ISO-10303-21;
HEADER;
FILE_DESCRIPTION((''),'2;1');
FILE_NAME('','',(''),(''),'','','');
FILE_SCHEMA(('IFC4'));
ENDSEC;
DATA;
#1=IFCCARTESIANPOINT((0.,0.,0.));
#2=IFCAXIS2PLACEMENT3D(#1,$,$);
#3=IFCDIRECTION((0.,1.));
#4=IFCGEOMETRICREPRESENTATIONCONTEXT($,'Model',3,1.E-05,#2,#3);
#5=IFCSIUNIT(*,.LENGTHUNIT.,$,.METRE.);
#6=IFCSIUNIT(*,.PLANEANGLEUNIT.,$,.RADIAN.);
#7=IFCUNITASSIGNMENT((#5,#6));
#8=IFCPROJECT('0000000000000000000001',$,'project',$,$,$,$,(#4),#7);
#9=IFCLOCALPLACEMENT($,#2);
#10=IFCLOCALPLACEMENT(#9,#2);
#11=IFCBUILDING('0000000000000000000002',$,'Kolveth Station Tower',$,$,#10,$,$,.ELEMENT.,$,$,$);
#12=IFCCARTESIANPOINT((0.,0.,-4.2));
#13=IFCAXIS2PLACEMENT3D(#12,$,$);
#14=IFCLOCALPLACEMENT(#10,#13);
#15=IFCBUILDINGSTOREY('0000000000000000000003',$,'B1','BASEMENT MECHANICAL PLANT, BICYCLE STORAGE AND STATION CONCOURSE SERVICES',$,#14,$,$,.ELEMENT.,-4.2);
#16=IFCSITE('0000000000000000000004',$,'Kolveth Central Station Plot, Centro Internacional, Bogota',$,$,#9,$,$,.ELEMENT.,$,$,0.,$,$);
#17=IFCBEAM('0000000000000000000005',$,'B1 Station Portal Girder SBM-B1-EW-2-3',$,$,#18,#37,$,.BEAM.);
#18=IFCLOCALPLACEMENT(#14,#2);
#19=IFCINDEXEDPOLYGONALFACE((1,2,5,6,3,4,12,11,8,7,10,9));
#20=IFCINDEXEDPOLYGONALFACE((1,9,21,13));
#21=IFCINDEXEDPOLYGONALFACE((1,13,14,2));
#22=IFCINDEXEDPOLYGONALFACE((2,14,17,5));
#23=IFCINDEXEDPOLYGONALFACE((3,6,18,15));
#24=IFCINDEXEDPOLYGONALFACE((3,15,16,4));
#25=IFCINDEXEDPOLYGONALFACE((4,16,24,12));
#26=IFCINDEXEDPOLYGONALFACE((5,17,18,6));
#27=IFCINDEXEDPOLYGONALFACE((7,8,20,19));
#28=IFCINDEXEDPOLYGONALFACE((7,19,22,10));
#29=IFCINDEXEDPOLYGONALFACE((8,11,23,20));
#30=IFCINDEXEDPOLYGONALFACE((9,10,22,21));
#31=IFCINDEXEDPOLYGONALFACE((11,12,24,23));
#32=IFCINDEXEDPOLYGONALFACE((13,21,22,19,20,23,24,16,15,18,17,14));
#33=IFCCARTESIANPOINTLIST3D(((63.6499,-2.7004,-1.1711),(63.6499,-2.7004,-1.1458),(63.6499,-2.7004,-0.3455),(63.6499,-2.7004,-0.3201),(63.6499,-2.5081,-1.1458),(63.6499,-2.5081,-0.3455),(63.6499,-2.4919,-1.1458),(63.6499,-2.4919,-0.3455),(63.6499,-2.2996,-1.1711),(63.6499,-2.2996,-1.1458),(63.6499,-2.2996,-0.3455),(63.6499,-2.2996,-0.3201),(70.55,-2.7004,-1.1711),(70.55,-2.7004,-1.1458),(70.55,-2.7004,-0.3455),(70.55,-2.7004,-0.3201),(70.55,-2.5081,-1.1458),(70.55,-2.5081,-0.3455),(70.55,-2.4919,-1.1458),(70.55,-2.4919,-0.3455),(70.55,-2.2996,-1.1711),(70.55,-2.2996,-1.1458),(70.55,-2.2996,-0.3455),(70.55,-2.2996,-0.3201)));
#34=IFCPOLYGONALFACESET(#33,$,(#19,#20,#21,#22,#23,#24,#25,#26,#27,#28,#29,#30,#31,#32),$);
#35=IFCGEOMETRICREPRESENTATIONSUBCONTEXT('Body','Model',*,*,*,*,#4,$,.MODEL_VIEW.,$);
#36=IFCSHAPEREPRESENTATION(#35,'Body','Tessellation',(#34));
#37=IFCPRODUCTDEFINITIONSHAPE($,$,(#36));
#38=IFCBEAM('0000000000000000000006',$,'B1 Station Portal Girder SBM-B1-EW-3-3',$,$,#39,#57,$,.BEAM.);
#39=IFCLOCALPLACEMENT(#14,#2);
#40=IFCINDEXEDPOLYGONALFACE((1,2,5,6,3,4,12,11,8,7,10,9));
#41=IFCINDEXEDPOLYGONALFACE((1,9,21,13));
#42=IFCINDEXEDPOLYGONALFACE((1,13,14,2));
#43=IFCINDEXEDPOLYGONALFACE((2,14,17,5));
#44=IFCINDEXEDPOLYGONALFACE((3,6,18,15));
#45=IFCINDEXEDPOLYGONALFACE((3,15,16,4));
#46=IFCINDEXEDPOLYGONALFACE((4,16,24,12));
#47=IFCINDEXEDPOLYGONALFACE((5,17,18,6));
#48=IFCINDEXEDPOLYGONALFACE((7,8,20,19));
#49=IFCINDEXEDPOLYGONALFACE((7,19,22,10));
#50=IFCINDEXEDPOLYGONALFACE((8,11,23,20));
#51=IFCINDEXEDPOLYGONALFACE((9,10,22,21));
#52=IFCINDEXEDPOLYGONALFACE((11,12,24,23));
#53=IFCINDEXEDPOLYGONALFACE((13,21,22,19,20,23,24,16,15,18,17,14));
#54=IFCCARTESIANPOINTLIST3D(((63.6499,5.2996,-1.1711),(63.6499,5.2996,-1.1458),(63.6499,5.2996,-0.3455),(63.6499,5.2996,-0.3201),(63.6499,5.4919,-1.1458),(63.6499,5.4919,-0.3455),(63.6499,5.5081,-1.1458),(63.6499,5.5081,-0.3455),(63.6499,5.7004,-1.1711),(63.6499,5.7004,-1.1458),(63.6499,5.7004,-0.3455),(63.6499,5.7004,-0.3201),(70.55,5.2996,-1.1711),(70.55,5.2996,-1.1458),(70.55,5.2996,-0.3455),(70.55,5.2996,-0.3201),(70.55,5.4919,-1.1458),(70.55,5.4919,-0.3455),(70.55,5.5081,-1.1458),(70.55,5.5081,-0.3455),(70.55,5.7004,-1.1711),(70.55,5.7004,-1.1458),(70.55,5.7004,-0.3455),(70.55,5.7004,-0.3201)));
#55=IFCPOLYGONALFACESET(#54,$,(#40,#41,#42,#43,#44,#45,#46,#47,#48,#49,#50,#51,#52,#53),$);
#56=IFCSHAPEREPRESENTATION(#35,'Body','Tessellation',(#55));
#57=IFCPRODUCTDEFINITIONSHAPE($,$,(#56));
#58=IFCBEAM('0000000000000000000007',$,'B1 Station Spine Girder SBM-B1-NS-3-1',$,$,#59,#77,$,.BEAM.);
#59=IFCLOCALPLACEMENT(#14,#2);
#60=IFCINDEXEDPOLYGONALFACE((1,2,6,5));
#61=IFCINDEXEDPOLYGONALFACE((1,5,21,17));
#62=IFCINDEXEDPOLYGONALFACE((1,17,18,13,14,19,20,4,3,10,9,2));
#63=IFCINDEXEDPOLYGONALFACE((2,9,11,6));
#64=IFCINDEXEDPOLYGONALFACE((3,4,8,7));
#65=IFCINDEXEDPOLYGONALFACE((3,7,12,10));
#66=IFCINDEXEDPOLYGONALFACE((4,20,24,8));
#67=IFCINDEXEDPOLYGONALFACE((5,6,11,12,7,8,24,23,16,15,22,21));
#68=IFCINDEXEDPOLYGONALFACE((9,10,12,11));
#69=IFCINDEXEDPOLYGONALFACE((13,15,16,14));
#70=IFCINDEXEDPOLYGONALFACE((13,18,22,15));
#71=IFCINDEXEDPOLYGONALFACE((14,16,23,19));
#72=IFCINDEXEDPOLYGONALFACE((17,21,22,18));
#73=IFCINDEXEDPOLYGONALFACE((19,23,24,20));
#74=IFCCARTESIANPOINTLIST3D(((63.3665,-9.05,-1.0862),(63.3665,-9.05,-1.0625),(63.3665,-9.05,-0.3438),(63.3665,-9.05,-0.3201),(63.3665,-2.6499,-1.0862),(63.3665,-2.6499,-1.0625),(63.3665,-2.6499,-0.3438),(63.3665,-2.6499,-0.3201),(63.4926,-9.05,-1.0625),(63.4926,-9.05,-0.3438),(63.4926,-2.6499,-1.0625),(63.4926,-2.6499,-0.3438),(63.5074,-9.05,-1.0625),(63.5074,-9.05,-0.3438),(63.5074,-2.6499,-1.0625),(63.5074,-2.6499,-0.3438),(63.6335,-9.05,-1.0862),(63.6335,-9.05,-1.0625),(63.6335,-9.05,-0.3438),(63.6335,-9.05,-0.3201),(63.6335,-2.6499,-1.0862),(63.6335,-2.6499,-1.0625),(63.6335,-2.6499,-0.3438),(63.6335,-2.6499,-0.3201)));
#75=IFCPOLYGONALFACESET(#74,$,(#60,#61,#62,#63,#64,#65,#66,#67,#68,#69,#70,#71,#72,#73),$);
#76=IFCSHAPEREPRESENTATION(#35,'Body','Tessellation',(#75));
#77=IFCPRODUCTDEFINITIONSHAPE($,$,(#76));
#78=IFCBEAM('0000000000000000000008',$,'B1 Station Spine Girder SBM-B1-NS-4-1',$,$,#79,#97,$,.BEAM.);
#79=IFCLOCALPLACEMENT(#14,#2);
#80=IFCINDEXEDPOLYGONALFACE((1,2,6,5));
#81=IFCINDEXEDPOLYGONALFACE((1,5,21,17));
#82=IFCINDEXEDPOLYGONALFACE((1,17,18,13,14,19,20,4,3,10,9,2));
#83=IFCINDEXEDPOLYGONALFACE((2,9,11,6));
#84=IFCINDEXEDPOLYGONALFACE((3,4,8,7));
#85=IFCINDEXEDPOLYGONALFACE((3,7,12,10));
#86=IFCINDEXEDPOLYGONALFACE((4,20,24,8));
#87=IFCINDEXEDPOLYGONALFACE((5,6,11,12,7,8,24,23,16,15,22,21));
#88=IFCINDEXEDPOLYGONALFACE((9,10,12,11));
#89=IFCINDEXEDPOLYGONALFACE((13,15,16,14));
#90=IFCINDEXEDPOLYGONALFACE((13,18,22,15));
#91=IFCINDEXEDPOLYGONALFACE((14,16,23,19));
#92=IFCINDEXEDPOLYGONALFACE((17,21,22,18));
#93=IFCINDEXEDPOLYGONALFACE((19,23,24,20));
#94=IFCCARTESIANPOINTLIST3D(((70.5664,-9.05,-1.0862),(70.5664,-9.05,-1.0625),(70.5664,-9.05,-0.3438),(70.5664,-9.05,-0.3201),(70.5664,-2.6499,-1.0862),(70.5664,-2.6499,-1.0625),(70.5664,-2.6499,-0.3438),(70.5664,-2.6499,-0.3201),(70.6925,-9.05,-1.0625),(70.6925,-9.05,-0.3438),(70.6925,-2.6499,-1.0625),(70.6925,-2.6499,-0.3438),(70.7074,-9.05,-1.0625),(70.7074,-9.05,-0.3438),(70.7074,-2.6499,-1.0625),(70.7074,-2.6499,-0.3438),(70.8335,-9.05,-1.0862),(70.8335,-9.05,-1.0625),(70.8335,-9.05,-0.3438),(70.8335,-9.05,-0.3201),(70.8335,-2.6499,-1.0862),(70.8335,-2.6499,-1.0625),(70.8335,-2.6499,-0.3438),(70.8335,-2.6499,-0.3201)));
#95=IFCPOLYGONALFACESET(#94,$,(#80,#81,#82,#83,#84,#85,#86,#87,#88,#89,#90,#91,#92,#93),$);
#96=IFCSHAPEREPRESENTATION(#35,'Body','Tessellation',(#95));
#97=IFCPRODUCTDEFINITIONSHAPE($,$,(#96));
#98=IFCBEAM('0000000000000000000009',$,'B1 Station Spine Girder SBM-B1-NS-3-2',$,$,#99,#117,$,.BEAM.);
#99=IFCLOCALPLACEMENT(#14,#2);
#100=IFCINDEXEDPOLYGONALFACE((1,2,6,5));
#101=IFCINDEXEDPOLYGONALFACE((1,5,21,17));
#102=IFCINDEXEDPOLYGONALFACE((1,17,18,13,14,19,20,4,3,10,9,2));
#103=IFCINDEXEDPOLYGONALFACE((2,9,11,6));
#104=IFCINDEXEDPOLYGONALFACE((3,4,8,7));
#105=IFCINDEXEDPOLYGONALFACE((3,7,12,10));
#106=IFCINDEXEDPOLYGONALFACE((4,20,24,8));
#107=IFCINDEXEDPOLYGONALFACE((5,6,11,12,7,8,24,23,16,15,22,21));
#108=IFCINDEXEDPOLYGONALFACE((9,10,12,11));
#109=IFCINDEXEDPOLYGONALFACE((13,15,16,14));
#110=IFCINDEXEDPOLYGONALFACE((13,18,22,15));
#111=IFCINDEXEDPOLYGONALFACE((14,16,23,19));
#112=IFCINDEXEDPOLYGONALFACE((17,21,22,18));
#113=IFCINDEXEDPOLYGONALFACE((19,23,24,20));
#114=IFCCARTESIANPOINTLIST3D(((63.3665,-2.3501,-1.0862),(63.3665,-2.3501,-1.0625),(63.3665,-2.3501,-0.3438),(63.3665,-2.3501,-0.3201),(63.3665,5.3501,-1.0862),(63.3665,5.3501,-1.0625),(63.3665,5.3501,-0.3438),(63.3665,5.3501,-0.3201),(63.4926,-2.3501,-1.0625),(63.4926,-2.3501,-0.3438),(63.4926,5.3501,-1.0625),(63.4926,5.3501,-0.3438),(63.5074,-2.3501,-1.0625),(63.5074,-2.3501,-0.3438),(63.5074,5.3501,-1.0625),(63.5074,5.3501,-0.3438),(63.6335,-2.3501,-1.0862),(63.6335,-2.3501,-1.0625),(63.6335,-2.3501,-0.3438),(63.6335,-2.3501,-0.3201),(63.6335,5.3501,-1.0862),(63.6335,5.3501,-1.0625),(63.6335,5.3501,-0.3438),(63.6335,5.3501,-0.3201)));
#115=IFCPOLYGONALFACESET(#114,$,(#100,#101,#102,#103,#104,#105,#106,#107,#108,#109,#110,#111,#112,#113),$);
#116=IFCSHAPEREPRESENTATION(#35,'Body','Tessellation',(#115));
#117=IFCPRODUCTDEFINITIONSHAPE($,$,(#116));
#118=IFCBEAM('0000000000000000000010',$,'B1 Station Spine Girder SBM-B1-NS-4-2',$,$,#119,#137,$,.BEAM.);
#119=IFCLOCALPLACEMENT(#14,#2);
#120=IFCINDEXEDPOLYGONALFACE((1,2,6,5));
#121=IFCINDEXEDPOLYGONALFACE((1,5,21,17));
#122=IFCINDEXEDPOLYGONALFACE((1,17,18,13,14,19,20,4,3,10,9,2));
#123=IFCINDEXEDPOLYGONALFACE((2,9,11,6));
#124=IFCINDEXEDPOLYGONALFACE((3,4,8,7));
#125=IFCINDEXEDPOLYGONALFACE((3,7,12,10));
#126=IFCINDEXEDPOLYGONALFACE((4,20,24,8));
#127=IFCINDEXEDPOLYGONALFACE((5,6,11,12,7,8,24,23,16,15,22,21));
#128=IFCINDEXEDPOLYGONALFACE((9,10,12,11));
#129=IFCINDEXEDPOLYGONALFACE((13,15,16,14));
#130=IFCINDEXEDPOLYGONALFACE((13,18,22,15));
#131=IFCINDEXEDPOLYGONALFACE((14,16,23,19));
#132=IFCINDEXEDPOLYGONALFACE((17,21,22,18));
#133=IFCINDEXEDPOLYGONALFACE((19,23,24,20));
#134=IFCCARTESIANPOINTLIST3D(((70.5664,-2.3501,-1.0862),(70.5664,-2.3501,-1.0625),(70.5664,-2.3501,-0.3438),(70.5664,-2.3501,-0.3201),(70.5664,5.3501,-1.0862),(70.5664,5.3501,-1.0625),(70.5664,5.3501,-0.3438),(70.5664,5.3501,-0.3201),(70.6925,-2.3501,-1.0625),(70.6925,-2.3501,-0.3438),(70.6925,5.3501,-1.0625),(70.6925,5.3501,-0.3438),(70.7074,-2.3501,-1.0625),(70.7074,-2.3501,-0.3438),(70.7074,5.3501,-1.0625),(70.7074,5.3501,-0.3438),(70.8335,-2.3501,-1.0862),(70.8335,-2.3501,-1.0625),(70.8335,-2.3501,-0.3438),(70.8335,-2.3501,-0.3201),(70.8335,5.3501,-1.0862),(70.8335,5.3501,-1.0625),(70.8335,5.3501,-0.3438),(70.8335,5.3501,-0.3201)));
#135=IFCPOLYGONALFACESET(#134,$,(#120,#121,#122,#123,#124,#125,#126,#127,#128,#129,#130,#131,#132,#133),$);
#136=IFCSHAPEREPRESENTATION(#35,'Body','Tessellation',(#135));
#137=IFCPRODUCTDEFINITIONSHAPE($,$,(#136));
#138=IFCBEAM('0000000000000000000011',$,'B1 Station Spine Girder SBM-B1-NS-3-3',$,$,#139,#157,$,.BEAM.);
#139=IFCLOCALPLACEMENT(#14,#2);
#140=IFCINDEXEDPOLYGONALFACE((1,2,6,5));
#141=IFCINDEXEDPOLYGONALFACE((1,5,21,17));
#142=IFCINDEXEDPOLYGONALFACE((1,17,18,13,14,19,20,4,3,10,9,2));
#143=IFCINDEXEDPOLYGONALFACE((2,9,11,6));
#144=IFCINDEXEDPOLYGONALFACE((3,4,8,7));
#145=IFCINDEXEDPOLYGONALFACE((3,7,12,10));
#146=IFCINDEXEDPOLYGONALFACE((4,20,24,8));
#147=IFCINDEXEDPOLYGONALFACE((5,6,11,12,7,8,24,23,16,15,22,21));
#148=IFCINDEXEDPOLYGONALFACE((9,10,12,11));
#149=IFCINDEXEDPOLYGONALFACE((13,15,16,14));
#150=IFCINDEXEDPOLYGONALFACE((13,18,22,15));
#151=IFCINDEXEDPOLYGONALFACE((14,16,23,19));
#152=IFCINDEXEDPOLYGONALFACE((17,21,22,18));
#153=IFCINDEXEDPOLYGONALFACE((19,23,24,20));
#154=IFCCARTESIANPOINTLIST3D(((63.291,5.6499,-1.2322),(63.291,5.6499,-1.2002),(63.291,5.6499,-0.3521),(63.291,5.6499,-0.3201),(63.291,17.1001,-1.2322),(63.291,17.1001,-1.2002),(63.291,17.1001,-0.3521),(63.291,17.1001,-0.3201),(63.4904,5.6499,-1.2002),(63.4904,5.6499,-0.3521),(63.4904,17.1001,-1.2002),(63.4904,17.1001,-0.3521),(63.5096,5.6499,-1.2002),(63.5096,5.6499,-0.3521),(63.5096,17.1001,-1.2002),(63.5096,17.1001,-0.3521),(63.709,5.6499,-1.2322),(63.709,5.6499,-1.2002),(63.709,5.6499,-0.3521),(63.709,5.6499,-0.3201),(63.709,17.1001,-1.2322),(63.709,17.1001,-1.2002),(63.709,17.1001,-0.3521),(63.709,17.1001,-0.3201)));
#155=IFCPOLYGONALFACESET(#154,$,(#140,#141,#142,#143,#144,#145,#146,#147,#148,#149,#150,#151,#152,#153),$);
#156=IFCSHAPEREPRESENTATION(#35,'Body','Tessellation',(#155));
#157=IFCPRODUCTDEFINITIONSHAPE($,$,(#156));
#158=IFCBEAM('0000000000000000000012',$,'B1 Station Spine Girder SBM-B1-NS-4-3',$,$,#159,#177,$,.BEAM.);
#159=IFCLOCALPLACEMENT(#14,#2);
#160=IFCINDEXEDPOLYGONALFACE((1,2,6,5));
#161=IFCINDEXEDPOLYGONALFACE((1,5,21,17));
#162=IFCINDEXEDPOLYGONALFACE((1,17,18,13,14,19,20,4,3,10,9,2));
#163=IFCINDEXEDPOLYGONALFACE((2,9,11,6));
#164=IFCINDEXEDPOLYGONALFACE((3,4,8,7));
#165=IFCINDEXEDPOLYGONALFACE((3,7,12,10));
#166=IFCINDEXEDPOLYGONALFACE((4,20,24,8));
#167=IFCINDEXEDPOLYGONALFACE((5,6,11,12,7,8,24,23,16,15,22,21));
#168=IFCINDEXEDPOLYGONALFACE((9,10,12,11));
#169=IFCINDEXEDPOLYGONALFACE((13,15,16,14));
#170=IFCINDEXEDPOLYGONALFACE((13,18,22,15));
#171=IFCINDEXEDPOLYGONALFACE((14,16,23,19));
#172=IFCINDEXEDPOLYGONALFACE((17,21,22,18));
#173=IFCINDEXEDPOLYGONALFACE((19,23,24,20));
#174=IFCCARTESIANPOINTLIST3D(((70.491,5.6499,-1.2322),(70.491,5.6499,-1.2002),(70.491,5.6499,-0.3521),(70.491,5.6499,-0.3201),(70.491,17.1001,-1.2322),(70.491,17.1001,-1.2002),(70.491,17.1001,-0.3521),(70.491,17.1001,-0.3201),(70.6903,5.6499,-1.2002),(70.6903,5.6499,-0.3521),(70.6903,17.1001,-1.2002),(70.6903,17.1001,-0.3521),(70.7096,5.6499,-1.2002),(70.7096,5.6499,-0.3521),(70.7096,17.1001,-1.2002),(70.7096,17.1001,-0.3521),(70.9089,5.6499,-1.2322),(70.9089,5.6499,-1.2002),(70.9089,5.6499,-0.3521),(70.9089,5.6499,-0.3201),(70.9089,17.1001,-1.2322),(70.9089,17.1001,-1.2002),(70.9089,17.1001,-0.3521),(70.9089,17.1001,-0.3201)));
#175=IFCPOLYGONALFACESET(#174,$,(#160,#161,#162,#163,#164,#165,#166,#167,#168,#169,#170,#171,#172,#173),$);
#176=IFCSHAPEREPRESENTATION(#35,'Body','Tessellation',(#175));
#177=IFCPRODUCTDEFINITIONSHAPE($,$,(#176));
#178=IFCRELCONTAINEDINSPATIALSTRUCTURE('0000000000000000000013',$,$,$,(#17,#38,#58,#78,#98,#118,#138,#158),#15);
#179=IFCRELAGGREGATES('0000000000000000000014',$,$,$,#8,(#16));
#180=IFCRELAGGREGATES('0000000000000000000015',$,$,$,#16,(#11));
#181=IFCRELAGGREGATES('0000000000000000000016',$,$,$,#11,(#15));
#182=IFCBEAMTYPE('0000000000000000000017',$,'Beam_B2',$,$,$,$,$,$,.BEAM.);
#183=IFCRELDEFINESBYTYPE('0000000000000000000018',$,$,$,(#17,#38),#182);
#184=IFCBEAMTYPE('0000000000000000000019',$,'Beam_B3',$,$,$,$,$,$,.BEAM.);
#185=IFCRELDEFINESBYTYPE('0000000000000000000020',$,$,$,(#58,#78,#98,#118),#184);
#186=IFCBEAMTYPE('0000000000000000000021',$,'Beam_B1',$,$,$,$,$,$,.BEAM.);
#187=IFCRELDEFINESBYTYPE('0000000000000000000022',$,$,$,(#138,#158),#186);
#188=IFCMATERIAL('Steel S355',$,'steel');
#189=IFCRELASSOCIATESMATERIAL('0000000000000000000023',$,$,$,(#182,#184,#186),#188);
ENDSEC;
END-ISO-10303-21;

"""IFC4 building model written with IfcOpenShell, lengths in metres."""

from ifc_helpers import new_model, si_unit, direction, frame, origin, origin_2d, place, context, subcontext, project, spatial, i_section, extrude, source, transform, mapped, material, material_profile, profile_set, type_object, element, save


model = new_model("IFC4")

# Units and contexts
model_context = context("Model", 3, precision=1e-05, world=origin(), true_north=direction((0.0, 1.0)))
body_context = subcontext(model_context, "Body", "Model", "MODEL_VIEW")
ifc_project = project(units=[si_unit("LENGTHUNIT", "METRE"), si_unit("PLANEANGLEUNIT", "RADIAN")], contexts=[model_context])

# Site, building, storey
site_placement = place(None, origin())
site = spatial("IfcSite", under=ifc_project, at=site_placement, Name="Kolveth Central Station Plot, Centro Internacional, Bogota", CompositionType="ELEMENT", RefElevation=0.0)
building_placement = place(site_placement, origin())
building = spatial("IfcBuilding", under=site, at=building_placement, Name="Kolveth Station Tower", CompositionType="ELEMENT")
storey_placement = place(building_placement, frame((0.0, 0.0, -4.2)))
storey = spatial("IfcBuildingStorey", under=building, at=storey_placement, Name="B1", Description="BASEMENT MECHANICAL PLANT, BICYCLE STORAGE AND STATION CONCOURSE SERVICES", CompositionType="ELEMENT", Elevation=-4.2)

# Shared definitions
ifc_material_1 = material(Name="Steel S355", Category="steel")

# Beams
ifc_material_profile_1 = material_profile(ifc_material_1, i_section(OverallWidth=0.4009, OverallDepth=0.8511, WebThickness=0.0161, FlangeThickness=0.0254, at=origin_2d()), Name="W840x226")
ifc_profile_set_1 = profile_set([ifc_material_profile_1], Name="Steel S355")
beam_type_1 = type_object("IfcBeamType", Name="Beam_B2", PredefinedType="BEAM", material=ifc_profile_set_1)
shared_shape_1 = source(origin(), body_context, "Body", "SweptSolid", [
    extrude(i_section(OverallWidth=0.4009, OverallDepth=0.8511, WebThickness=0.0161, FlangeThickness=0.0254, at=origin_2d()), origin(), (0.0, 0.0, 1.0), 6.9001),
])
for number, where, z_axis, x_axis, name in (
    (1, (63.6499, -2.5, -0.7456), (1.0, 0.0, 0.0), (0.0, 1.0, 0.0), "B1 Station Portal Girder SBM-B1-EW-2-3"),
    (2, (63.6499, 5.5, -0.7456), (1.0, 0.0, 0.0), (0.0, 1.0, 0.0), "B1 Station Portal Girder SBM-B1-EW-3-3"),
):
    element("IfcBeam", number, at=place(storey_placement, frame(where, z_axis=z_axis, x_axis=x_axis)), inside=storey, type_object=beam_type_1, Name=name, PredefinedType="BEAM", context=body_context, shape_type="MappedRepresentation", body=[
        mapped(shared_shape_1, transform((0.0, 0.0, 0.0), x_axis=(1.0, 0.0, 0.0), y_axis=(0.0, 1.0, 0.0), z_axis=(0.0, 0.0, 1.0), scale=1.0)),
    ])
ifc_material_profile_2 = material_profile(ifc_material_1, i_section(OverallWidth=0.2671, OverallDepth=0.7661, WebThickness=0.0149, FlangeThickness=0.0237, at=origin_2d()), Name="W760x185")
ifc_profile_set_2 = profile_set([ifc_material_profile_2], Name="Steel S355")
beam_type_2 = type_object("IfcBeamType", Name="Beam_B3", PredefinedType="BEAM", material=ifc_profile_set_2)
shared_shape_2 = source(origin(), body_context, "Body", "SweptSolid", [
    extrude(i_section(OverallWidth=0.2671, OverallDepth=0.7661, WebThickness=0.0149, FlangeThickness=0.0237, at=origin_2d()), origin(), (0.0, 0.0, 1.0), 6.4001),
])
for number, where, z_axis, x_axis, name in (
    (3, (63.5, -9.05, -0.7031), (0.0, 1.0, 0.0), (-1.0, 0.0, 0.0), "B1 Station Spine Girder SBM-B1-NS-3-1"),
    (4, (70.7, -9.05, -0.7031), (0.0, 1.0, 0.0), (-1.0, 0.0, 0.0), "B1 Station Spine Girder SBM-B1-NS-4-1"),
):
    element("IfcBeam", number, at=place(storey_placement, frame(where, z_axis=z_axis, x_axis=x_axis)), inside=storey, type_object=beam_type_2, Name=name, PredefinedType="BEAM", context=body_context, shape_type="MappedRepresentation", body=[
        mapped(shared_shape_2, transform((0.0, 0.0, 0.0), x_axis=(1.0, 0.0, 0.0), y_axis=(0.0, 1.0, 0.0), z_axis=(0.0, 0.0, 1.0), scale=1.0)),
    ])
shared_shape_3 = source(origin(), body_context, "Body", "SweptSolid", [
    extrude(i_section(OverallWidth=0.2671, OverallDepth=0.7661, WebThickness=0.0149, FlangeThickness=0.0237, at=origin_2d()), origin(), (0.0, 0.0, 1.0), 7.7002),
])
for number, where, z_axis, x_axis, name in (
    (5, (63.5, -2.3501, -0.7031), (0.0, 1.0, 0.0), (-1.0, 0.0, 0.0), "B1 Station Spine Girder SBM-B1-NS-3-2"),
    (6, (70.7, -2.3501, -0.7031), (0.0, 1.0, 0.0), (-1.0, 0.0, 0.0), "B1 Station Spine Girder SBM-B1-NS-4-2"),
):
    element("IfcBeam", number, at=place(storey_placement, frame(where, z_axis=z_axis, x_axis=x_axis)), inside=storey, type_object=beam_type_2, Name=name, PredefinedType="BEAM", context=body_context, shape_type="MappedRepresentation", body=[
        mapped(shared_shape_3, transform((0.0, 0.0, 0.0), x_axis=(1.0, 0.0, 0.0), y_axis=(0.0, 1.0, 0.0), z_axis=(0.0, 0.0, 1.0), scale=1.0)),
    ])
ifc_material_profile_3 = material_profile(ifc_material_1, i_section(OverallWidth=0.418, OverallDepth=0.9121, WebThickness=0.0193, FlangeThickness=0.032, at=origin_2d()), Name="W920x342")
ifc_profile_set_3 = profile_set([ifc_material_profile_3], Name="Steel S355")
beam_type_3 = type_object("IfcBeamType", Name="Beam_B1", PredefinedType="BEAM", material=ifc_profile_set_3)
shared_shape_4 = source(origin(), body_context, "Body", "SweptSolid", [
    extrude(i_section(OverallWidth=0.418, OverallDepth=0.9121, WebThickness=0.0193, FlangeThickness=0.032, at=origin_2d()), origin(), (0.0, 0.0, 1.0), 11.4502),
])
for number, where, z_axis, x_axis, name in (
    (7, (63.5, 5.6499, -0.7761), (0.0, 1.0, 0.0), (-1.0, 0.0, 0.0), "B1 Station Spine Girder SBM-B1-NS-3-3"),
    (8, (70.7, 5.6499, -0.7761), (0.0, 1.0, 0.0), (-1.0, 0.0, 0.0), "B1 Station Spine Girder SBM-B1-NS-4-3"),
):
    element("IfcBeam", number, at=place(storey_placement, frame(where, z_axis=z_axis, x_axis=x_axis)), inside=storey, type_object=beam_type_3, Name=name, PredefinedType="BEAM", context=body_context, shape_type="MappedRepresentation", body=[
        mapped(shared_shape_4, transform((0.0, 0.0, 0.0), x_axis=(1.0, 0.0, 0.0), y_axis=(0.0, 1.0, 0.0), z_axis=(0.0, 0.0, 1.0), scale=1.0)),
    ])

save(model, "model.ifc")
